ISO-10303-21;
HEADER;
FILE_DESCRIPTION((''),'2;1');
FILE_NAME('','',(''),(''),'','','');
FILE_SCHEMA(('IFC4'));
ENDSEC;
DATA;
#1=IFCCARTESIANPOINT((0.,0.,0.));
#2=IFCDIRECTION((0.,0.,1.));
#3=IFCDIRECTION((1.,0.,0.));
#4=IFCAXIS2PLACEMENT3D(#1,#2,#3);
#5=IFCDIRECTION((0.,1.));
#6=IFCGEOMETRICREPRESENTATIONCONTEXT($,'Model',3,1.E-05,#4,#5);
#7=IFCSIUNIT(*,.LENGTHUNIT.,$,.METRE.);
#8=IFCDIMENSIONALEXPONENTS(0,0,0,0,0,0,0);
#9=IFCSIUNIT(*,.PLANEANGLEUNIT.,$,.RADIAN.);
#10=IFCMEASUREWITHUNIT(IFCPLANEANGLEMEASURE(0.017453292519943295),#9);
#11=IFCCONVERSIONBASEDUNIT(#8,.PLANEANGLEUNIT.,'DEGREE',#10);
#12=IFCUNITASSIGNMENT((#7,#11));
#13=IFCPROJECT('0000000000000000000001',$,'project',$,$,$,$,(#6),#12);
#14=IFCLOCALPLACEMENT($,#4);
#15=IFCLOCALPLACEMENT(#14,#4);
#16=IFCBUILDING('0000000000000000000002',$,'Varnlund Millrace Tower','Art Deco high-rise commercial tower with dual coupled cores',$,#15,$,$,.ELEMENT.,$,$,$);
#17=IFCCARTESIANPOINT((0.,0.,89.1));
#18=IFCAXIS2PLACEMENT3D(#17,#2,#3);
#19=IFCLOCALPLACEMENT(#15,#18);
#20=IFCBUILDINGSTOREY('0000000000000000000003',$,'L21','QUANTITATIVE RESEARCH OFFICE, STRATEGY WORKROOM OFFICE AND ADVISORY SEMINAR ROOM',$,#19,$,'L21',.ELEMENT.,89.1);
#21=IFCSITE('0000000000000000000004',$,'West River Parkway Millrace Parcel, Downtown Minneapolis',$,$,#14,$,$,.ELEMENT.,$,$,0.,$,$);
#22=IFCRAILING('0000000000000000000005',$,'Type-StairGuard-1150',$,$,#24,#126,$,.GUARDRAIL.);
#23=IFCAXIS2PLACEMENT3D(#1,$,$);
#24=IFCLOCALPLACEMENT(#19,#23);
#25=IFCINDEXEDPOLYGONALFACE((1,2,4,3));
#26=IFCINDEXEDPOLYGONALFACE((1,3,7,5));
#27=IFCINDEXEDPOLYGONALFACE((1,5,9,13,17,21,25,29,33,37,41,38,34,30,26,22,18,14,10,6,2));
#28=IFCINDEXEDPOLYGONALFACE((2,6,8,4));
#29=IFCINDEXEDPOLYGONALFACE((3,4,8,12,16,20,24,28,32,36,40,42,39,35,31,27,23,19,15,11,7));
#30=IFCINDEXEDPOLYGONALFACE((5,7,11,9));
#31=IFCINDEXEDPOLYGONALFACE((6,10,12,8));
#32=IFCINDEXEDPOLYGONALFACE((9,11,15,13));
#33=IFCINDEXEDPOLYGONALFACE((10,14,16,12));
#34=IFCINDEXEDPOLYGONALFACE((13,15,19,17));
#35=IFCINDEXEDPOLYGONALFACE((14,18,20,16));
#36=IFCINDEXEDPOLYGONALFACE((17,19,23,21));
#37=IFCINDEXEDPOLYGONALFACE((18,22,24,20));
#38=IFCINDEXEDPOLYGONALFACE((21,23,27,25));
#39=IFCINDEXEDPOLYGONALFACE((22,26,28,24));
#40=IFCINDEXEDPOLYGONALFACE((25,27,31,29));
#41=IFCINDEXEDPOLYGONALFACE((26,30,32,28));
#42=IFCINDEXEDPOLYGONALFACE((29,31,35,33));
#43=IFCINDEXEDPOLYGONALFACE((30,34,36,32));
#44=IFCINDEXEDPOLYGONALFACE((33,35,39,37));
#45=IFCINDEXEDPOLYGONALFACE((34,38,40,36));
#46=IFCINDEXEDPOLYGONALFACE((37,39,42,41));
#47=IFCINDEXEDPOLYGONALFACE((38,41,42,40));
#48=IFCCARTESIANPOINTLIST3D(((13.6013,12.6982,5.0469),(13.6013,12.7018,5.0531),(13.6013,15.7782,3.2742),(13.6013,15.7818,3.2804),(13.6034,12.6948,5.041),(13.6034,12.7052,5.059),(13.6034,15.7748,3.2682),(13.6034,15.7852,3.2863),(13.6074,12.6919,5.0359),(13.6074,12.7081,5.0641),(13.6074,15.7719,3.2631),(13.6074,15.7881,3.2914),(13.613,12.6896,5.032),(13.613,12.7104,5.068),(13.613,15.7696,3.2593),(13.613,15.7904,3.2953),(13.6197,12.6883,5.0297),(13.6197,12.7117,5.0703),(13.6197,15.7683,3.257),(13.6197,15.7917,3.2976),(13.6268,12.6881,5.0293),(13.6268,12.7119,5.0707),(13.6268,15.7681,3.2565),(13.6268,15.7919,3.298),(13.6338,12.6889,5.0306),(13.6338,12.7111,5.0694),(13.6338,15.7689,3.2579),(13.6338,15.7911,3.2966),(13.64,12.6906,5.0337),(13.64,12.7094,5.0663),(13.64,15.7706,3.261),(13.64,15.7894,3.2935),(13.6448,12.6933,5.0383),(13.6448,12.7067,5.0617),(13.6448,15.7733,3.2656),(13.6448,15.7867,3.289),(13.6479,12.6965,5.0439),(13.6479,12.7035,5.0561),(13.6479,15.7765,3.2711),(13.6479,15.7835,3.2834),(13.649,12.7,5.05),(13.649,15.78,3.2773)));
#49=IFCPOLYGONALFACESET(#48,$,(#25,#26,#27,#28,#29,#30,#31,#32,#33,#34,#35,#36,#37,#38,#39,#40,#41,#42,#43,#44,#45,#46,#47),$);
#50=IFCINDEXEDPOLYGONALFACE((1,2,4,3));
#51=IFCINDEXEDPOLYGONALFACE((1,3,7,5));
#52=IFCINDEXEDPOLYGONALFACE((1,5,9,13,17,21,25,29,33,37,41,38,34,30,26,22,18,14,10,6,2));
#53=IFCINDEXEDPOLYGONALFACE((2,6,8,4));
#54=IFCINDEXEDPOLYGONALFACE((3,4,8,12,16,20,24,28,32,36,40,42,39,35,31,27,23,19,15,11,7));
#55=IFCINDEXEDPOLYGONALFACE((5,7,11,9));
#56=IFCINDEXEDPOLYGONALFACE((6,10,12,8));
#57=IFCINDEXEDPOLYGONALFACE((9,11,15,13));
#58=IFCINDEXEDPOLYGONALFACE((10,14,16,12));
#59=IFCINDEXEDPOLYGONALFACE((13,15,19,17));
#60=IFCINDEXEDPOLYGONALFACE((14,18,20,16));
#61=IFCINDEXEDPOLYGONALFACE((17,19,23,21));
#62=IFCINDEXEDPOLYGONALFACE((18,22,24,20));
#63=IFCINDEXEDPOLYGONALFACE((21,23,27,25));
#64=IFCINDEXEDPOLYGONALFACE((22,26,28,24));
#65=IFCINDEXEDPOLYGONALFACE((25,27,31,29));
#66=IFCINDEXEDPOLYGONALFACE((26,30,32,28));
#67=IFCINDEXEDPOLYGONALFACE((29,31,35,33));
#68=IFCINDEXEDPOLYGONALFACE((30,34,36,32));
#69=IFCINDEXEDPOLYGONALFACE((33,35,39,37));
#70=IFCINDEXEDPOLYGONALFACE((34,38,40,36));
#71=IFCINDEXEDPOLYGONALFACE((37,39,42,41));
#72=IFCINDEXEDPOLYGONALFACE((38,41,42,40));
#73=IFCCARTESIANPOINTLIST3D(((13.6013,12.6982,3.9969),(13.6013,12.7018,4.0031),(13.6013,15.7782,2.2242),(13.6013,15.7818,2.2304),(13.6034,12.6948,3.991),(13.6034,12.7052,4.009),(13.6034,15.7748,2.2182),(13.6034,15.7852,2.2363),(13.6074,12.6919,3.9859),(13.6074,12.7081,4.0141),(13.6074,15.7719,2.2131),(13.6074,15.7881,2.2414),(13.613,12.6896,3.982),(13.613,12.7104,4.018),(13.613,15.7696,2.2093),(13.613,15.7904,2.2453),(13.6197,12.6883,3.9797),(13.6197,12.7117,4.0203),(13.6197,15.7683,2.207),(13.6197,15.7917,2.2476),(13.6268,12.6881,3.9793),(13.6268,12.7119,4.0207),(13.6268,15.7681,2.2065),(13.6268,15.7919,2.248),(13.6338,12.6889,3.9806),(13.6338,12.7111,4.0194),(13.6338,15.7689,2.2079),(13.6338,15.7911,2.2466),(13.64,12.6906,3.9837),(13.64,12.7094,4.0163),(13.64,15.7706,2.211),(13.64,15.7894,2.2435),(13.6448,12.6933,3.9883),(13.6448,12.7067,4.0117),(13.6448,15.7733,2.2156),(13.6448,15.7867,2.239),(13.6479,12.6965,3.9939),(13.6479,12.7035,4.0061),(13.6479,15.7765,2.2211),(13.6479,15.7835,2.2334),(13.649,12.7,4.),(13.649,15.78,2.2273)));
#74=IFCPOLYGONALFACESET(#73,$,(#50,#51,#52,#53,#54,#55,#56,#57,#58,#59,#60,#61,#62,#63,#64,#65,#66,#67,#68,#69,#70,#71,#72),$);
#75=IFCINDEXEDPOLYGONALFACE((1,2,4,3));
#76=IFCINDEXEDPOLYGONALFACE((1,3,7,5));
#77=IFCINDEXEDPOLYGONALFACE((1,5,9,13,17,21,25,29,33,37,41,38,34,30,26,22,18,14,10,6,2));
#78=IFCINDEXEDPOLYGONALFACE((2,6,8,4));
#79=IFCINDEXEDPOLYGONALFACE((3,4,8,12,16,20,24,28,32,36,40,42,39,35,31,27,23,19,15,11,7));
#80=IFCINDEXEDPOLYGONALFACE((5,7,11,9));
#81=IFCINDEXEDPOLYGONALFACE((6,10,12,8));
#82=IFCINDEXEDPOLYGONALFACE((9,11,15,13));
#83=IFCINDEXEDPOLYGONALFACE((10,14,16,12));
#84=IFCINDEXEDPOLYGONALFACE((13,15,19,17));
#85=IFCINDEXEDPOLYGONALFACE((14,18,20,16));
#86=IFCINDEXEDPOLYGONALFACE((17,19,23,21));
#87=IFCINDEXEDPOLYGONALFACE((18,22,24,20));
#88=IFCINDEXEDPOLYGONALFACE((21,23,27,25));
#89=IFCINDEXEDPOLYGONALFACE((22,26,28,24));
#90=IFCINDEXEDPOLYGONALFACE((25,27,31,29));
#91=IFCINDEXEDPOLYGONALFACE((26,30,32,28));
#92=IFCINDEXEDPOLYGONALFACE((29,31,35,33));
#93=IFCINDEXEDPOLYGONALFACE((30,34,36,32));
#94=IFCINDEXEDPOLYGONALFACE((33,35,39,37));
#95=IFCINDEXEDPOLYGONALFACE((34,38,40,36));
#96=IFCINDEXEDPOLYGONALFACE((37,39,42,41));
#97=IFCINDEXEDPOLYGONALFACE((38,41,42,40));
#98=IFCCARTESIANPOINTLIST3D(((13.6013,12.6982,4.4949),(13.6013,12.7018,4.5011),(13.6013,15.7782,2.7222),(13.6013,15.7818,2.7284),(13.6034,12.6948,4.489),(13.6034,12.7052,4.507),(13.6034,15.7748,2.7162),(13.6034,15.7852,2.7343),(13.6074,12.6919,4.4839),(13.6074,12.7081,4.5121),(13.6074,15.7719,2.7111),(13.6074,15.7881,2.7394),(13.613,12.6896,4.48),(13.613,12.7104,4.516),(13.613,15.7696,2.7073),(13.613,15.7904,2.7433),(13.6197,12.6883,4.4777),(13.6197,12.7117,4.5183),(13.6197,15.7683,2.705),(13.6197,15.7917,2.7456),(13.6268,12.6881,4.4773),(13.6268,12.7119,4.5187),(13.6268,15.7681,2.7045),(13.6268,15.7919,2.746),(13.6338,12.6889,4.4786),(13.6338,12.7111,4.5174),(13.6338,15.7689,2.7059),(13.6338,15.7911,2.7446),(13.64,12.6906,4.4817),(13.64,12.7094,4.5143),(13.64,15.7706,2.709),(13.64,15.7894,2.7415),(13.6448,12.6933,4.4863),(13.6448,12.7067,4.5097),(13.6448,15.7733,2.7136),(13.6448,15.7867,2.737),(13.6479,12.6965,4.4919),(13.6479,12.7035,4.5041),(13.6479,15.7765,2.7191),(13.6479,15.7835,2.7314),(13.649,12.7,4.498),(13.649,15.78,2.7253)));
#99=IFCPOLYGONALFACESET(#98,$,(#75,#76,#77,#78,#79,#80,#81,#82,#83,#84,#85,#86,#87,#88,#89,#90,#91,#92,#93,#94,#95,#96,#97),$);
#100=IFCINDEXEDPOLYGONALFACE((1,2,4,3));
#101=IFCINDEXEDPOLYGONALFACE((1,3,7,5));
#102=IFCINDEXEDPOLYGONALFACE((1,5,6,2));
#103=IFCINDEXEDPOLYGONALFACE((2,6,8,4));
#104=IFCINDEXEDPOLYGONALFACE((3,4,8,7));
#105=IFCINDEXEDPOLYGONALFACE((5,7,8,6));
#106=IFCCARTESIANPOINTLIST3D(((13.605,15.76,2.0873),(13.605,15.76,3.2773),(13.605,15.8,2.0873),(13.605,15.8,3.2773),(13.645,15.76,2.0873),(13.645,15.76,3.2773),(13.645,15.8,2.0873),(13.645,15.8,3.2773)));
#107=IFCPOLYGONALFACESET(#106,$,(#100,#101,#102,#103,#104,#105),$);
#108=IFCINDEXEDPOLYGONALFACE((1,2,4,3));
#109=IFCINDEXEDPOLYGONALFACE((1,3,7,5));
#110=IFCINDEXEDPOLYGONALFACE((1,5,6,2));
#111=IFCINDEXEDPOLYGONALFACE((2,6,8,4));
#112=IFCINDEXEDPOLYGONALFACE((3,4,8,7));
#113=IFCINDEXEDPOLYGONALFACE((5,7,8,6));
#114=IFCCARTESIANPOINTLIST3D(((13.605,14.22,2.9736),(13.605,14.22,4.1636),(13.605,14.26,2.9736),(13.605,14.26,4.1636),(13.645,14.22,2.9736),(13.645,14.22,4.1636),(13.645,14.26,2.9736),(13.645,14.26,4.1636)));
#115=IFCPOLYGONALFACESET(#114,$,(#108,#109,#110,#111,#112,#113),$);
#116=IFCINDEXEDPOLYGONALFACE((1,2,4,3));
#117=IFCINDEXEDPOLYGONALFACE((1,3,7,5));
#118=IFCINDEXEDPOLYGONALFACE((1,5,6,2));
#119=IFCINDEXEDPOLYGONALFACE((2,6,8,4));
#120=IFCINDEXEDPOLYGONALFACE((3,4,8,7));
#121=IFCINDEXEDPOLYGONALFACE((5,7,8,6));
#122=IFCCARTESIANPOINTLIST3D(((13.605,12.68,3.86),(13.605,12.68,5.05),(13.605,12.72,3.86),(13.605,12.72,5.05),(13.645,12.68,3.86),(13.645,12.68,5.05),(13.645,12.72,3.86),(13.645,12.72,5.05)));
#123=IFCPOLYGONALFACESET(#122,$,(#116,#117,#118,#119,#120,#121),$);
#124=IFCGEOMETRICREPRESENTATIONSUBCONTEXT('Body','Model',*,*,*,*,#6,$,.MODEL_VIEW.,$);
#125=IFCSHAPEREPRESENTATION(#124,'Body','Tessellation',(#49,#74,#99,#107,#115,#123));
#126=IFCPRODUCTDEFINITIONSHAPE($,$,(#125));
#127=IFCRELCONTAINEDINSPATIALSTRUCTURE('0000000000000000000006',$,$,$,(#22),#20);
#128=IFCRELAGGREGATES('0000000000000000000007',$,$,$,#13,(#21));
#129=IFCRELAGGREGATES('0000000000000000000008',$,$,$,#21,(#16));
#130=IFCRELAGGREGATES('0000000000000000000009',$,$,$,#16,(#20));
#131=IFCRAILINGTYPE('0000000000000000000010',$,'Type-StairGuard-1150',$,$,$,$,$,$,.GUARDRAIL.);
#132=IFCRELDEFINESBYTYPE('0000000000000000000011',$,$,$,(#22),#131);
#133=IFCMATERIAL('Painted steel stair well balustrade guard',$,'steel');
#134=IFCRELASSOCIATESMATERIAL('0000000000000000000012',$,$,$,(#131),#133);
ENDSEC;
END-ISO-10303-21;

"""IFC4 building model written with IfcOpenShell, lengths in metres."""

from ifc_helpers import new_model, entity, si_unit, converted_unit, direction, frame, origin_with_axes, origin_2d_with_axis, place, context, subcontext, project, spatial, rectangle, circle, extrude, material, type_object, element, save


model = new_model("IFC4")

# Units and contexts
model_context = context("Model", 3, precision=1e-05, world=origin_with_axes(), true_north=direction((0.0, 1.0)))
body_context = subcontext(model_context, "Body", "Model", "MODEL_VIEW")
ifc_project = project(units=[si_unit("LENGTHUNIT", "METRE"), converted_unit("PLANEANGLEUNIT", "DEGREE", entity("IfcPlaneAngleMeasure", 0.017453292519943295), si_unit("PLANEANGLEUNIT", "RADIAN"), dimensions=[0, 0, 0, 0, 0, 0, 0])], contexts=[model_context])

# Site, building, storey
site_placement = place(None, origin_with_axes())
site = spatial("IfcSite", under=ifc_project, at=site_placement, Name="West River Parkway Millrace Parcel, Downtown Minneapolis", CompositionType="ELEMENT", RefElevation=0.0)
building_placement = place(site_placement, origin_with_axes())
building = spatial("IfcBuilding", under=site, at=building_placement, Name="Varnlund Millrace Tower", Description="Art Deco high-rise commercial tower with dual coupled cores", CompositionType="ELEMENT")
storey_placement = place(building_placement, frame((0.0, 0.0, 89.1), z_axis=(0.0, 0.0, 1.0), x_axis=(1.0, 0.0, 0.0)))
storey = spatial("IfcBuildingStorey", under=building, at=storey_placement, Name="L21", Description="QUANTITATIVE RESEARCH OFFICE, STRATEGY WORKROOM OFFICE AND ADVISORY SEMINAR ROOM", LongName="L21", CompositionType="ELEMENT", Elevation=89.1)

# Railing
ifc_material_1 = material(Name="Painted steel stair well balustrade guard", Category="steel")
railing_type_1 = type_object("IfcRailingType", Name="Type-StairGuard-1150", PredefinedType="GUARDRAIL", material=ifc_material_1)
railing_1_placement = place(storey_placement, frame((0.0, 0.0, -89.1), z_axis=(0.0, 0.0, 1.0), x_axis=(1.0, 0.0, 0.0)))
element("IfcRailing", 1, at=railing_1_placement, inside=storey, type_object=railing_type_1, Name="Type-StairGuard-1150", PredefinedType="GUARDRAIL", context=body_context, shape_type="SweptSolid", body=[
    extrude(circle(Radius=0.024, at=origin_2d_with_axis()), frame((13.625, 15.78, 92.3773), z_axis=(0.0, -0.866696, 0.498836), x_axis=(1.0, 0.0, 0.0)), (0.0, 0.0, 1.0), 3.5537),
    extrude(circle(Radius=0.024, at=origin_2d_with_axis()), frame((13.625, 15.78, 91.3273), z_axis=(0.0, -0.866696, 0.498836), x_axis=(1.0, 0.0, 0.0)), (0.0, 0.0, 1.0), 3.5537),
    extrude(circle(Radius=0.024, at=origin_2d_with_axis()), frame((13.625, 15.78, 91.8253), z_axis=(0.0, -0.866696, 0.498836), x_axis=(1.0, 0.0, 0.0)), (0.0, 0.0, 1.0), 3.5537),
    extrude(rectangle(XDim=0.04, YDim=0.04, at=origin_2d_with_axis()), frame((13.625, 15.78, 91.1873), z_axis=(0.0, 0.0, 1.0), x_axis=(1.0, 0.0, 0.0)), (0.0, 0.0, 1.0), 1.19),
    extrude(rectangle(XDim=0.04, YDim=0.04, at=origin_2d_with_axis()), frame((13.625, 14.24, 92.0736), z_axis=(0.0, 0.0, 1.0), x_axis=(1.0, 0.0, 0.0)), (0.0, 0.0, 1.0), 1.19),
    extrude(rectangle(XDim=0.04, YDim=0.04, at=origin_2d_with_axis()), frame((13.625, 12.7, 92.96), z_axis=(0.0, 0.0, 1.0), x_axis=(1.0, 0.0, 0.0)), (0.0, 0.0, 1.0), 1.19),
])

save(model, "model.ifc")
